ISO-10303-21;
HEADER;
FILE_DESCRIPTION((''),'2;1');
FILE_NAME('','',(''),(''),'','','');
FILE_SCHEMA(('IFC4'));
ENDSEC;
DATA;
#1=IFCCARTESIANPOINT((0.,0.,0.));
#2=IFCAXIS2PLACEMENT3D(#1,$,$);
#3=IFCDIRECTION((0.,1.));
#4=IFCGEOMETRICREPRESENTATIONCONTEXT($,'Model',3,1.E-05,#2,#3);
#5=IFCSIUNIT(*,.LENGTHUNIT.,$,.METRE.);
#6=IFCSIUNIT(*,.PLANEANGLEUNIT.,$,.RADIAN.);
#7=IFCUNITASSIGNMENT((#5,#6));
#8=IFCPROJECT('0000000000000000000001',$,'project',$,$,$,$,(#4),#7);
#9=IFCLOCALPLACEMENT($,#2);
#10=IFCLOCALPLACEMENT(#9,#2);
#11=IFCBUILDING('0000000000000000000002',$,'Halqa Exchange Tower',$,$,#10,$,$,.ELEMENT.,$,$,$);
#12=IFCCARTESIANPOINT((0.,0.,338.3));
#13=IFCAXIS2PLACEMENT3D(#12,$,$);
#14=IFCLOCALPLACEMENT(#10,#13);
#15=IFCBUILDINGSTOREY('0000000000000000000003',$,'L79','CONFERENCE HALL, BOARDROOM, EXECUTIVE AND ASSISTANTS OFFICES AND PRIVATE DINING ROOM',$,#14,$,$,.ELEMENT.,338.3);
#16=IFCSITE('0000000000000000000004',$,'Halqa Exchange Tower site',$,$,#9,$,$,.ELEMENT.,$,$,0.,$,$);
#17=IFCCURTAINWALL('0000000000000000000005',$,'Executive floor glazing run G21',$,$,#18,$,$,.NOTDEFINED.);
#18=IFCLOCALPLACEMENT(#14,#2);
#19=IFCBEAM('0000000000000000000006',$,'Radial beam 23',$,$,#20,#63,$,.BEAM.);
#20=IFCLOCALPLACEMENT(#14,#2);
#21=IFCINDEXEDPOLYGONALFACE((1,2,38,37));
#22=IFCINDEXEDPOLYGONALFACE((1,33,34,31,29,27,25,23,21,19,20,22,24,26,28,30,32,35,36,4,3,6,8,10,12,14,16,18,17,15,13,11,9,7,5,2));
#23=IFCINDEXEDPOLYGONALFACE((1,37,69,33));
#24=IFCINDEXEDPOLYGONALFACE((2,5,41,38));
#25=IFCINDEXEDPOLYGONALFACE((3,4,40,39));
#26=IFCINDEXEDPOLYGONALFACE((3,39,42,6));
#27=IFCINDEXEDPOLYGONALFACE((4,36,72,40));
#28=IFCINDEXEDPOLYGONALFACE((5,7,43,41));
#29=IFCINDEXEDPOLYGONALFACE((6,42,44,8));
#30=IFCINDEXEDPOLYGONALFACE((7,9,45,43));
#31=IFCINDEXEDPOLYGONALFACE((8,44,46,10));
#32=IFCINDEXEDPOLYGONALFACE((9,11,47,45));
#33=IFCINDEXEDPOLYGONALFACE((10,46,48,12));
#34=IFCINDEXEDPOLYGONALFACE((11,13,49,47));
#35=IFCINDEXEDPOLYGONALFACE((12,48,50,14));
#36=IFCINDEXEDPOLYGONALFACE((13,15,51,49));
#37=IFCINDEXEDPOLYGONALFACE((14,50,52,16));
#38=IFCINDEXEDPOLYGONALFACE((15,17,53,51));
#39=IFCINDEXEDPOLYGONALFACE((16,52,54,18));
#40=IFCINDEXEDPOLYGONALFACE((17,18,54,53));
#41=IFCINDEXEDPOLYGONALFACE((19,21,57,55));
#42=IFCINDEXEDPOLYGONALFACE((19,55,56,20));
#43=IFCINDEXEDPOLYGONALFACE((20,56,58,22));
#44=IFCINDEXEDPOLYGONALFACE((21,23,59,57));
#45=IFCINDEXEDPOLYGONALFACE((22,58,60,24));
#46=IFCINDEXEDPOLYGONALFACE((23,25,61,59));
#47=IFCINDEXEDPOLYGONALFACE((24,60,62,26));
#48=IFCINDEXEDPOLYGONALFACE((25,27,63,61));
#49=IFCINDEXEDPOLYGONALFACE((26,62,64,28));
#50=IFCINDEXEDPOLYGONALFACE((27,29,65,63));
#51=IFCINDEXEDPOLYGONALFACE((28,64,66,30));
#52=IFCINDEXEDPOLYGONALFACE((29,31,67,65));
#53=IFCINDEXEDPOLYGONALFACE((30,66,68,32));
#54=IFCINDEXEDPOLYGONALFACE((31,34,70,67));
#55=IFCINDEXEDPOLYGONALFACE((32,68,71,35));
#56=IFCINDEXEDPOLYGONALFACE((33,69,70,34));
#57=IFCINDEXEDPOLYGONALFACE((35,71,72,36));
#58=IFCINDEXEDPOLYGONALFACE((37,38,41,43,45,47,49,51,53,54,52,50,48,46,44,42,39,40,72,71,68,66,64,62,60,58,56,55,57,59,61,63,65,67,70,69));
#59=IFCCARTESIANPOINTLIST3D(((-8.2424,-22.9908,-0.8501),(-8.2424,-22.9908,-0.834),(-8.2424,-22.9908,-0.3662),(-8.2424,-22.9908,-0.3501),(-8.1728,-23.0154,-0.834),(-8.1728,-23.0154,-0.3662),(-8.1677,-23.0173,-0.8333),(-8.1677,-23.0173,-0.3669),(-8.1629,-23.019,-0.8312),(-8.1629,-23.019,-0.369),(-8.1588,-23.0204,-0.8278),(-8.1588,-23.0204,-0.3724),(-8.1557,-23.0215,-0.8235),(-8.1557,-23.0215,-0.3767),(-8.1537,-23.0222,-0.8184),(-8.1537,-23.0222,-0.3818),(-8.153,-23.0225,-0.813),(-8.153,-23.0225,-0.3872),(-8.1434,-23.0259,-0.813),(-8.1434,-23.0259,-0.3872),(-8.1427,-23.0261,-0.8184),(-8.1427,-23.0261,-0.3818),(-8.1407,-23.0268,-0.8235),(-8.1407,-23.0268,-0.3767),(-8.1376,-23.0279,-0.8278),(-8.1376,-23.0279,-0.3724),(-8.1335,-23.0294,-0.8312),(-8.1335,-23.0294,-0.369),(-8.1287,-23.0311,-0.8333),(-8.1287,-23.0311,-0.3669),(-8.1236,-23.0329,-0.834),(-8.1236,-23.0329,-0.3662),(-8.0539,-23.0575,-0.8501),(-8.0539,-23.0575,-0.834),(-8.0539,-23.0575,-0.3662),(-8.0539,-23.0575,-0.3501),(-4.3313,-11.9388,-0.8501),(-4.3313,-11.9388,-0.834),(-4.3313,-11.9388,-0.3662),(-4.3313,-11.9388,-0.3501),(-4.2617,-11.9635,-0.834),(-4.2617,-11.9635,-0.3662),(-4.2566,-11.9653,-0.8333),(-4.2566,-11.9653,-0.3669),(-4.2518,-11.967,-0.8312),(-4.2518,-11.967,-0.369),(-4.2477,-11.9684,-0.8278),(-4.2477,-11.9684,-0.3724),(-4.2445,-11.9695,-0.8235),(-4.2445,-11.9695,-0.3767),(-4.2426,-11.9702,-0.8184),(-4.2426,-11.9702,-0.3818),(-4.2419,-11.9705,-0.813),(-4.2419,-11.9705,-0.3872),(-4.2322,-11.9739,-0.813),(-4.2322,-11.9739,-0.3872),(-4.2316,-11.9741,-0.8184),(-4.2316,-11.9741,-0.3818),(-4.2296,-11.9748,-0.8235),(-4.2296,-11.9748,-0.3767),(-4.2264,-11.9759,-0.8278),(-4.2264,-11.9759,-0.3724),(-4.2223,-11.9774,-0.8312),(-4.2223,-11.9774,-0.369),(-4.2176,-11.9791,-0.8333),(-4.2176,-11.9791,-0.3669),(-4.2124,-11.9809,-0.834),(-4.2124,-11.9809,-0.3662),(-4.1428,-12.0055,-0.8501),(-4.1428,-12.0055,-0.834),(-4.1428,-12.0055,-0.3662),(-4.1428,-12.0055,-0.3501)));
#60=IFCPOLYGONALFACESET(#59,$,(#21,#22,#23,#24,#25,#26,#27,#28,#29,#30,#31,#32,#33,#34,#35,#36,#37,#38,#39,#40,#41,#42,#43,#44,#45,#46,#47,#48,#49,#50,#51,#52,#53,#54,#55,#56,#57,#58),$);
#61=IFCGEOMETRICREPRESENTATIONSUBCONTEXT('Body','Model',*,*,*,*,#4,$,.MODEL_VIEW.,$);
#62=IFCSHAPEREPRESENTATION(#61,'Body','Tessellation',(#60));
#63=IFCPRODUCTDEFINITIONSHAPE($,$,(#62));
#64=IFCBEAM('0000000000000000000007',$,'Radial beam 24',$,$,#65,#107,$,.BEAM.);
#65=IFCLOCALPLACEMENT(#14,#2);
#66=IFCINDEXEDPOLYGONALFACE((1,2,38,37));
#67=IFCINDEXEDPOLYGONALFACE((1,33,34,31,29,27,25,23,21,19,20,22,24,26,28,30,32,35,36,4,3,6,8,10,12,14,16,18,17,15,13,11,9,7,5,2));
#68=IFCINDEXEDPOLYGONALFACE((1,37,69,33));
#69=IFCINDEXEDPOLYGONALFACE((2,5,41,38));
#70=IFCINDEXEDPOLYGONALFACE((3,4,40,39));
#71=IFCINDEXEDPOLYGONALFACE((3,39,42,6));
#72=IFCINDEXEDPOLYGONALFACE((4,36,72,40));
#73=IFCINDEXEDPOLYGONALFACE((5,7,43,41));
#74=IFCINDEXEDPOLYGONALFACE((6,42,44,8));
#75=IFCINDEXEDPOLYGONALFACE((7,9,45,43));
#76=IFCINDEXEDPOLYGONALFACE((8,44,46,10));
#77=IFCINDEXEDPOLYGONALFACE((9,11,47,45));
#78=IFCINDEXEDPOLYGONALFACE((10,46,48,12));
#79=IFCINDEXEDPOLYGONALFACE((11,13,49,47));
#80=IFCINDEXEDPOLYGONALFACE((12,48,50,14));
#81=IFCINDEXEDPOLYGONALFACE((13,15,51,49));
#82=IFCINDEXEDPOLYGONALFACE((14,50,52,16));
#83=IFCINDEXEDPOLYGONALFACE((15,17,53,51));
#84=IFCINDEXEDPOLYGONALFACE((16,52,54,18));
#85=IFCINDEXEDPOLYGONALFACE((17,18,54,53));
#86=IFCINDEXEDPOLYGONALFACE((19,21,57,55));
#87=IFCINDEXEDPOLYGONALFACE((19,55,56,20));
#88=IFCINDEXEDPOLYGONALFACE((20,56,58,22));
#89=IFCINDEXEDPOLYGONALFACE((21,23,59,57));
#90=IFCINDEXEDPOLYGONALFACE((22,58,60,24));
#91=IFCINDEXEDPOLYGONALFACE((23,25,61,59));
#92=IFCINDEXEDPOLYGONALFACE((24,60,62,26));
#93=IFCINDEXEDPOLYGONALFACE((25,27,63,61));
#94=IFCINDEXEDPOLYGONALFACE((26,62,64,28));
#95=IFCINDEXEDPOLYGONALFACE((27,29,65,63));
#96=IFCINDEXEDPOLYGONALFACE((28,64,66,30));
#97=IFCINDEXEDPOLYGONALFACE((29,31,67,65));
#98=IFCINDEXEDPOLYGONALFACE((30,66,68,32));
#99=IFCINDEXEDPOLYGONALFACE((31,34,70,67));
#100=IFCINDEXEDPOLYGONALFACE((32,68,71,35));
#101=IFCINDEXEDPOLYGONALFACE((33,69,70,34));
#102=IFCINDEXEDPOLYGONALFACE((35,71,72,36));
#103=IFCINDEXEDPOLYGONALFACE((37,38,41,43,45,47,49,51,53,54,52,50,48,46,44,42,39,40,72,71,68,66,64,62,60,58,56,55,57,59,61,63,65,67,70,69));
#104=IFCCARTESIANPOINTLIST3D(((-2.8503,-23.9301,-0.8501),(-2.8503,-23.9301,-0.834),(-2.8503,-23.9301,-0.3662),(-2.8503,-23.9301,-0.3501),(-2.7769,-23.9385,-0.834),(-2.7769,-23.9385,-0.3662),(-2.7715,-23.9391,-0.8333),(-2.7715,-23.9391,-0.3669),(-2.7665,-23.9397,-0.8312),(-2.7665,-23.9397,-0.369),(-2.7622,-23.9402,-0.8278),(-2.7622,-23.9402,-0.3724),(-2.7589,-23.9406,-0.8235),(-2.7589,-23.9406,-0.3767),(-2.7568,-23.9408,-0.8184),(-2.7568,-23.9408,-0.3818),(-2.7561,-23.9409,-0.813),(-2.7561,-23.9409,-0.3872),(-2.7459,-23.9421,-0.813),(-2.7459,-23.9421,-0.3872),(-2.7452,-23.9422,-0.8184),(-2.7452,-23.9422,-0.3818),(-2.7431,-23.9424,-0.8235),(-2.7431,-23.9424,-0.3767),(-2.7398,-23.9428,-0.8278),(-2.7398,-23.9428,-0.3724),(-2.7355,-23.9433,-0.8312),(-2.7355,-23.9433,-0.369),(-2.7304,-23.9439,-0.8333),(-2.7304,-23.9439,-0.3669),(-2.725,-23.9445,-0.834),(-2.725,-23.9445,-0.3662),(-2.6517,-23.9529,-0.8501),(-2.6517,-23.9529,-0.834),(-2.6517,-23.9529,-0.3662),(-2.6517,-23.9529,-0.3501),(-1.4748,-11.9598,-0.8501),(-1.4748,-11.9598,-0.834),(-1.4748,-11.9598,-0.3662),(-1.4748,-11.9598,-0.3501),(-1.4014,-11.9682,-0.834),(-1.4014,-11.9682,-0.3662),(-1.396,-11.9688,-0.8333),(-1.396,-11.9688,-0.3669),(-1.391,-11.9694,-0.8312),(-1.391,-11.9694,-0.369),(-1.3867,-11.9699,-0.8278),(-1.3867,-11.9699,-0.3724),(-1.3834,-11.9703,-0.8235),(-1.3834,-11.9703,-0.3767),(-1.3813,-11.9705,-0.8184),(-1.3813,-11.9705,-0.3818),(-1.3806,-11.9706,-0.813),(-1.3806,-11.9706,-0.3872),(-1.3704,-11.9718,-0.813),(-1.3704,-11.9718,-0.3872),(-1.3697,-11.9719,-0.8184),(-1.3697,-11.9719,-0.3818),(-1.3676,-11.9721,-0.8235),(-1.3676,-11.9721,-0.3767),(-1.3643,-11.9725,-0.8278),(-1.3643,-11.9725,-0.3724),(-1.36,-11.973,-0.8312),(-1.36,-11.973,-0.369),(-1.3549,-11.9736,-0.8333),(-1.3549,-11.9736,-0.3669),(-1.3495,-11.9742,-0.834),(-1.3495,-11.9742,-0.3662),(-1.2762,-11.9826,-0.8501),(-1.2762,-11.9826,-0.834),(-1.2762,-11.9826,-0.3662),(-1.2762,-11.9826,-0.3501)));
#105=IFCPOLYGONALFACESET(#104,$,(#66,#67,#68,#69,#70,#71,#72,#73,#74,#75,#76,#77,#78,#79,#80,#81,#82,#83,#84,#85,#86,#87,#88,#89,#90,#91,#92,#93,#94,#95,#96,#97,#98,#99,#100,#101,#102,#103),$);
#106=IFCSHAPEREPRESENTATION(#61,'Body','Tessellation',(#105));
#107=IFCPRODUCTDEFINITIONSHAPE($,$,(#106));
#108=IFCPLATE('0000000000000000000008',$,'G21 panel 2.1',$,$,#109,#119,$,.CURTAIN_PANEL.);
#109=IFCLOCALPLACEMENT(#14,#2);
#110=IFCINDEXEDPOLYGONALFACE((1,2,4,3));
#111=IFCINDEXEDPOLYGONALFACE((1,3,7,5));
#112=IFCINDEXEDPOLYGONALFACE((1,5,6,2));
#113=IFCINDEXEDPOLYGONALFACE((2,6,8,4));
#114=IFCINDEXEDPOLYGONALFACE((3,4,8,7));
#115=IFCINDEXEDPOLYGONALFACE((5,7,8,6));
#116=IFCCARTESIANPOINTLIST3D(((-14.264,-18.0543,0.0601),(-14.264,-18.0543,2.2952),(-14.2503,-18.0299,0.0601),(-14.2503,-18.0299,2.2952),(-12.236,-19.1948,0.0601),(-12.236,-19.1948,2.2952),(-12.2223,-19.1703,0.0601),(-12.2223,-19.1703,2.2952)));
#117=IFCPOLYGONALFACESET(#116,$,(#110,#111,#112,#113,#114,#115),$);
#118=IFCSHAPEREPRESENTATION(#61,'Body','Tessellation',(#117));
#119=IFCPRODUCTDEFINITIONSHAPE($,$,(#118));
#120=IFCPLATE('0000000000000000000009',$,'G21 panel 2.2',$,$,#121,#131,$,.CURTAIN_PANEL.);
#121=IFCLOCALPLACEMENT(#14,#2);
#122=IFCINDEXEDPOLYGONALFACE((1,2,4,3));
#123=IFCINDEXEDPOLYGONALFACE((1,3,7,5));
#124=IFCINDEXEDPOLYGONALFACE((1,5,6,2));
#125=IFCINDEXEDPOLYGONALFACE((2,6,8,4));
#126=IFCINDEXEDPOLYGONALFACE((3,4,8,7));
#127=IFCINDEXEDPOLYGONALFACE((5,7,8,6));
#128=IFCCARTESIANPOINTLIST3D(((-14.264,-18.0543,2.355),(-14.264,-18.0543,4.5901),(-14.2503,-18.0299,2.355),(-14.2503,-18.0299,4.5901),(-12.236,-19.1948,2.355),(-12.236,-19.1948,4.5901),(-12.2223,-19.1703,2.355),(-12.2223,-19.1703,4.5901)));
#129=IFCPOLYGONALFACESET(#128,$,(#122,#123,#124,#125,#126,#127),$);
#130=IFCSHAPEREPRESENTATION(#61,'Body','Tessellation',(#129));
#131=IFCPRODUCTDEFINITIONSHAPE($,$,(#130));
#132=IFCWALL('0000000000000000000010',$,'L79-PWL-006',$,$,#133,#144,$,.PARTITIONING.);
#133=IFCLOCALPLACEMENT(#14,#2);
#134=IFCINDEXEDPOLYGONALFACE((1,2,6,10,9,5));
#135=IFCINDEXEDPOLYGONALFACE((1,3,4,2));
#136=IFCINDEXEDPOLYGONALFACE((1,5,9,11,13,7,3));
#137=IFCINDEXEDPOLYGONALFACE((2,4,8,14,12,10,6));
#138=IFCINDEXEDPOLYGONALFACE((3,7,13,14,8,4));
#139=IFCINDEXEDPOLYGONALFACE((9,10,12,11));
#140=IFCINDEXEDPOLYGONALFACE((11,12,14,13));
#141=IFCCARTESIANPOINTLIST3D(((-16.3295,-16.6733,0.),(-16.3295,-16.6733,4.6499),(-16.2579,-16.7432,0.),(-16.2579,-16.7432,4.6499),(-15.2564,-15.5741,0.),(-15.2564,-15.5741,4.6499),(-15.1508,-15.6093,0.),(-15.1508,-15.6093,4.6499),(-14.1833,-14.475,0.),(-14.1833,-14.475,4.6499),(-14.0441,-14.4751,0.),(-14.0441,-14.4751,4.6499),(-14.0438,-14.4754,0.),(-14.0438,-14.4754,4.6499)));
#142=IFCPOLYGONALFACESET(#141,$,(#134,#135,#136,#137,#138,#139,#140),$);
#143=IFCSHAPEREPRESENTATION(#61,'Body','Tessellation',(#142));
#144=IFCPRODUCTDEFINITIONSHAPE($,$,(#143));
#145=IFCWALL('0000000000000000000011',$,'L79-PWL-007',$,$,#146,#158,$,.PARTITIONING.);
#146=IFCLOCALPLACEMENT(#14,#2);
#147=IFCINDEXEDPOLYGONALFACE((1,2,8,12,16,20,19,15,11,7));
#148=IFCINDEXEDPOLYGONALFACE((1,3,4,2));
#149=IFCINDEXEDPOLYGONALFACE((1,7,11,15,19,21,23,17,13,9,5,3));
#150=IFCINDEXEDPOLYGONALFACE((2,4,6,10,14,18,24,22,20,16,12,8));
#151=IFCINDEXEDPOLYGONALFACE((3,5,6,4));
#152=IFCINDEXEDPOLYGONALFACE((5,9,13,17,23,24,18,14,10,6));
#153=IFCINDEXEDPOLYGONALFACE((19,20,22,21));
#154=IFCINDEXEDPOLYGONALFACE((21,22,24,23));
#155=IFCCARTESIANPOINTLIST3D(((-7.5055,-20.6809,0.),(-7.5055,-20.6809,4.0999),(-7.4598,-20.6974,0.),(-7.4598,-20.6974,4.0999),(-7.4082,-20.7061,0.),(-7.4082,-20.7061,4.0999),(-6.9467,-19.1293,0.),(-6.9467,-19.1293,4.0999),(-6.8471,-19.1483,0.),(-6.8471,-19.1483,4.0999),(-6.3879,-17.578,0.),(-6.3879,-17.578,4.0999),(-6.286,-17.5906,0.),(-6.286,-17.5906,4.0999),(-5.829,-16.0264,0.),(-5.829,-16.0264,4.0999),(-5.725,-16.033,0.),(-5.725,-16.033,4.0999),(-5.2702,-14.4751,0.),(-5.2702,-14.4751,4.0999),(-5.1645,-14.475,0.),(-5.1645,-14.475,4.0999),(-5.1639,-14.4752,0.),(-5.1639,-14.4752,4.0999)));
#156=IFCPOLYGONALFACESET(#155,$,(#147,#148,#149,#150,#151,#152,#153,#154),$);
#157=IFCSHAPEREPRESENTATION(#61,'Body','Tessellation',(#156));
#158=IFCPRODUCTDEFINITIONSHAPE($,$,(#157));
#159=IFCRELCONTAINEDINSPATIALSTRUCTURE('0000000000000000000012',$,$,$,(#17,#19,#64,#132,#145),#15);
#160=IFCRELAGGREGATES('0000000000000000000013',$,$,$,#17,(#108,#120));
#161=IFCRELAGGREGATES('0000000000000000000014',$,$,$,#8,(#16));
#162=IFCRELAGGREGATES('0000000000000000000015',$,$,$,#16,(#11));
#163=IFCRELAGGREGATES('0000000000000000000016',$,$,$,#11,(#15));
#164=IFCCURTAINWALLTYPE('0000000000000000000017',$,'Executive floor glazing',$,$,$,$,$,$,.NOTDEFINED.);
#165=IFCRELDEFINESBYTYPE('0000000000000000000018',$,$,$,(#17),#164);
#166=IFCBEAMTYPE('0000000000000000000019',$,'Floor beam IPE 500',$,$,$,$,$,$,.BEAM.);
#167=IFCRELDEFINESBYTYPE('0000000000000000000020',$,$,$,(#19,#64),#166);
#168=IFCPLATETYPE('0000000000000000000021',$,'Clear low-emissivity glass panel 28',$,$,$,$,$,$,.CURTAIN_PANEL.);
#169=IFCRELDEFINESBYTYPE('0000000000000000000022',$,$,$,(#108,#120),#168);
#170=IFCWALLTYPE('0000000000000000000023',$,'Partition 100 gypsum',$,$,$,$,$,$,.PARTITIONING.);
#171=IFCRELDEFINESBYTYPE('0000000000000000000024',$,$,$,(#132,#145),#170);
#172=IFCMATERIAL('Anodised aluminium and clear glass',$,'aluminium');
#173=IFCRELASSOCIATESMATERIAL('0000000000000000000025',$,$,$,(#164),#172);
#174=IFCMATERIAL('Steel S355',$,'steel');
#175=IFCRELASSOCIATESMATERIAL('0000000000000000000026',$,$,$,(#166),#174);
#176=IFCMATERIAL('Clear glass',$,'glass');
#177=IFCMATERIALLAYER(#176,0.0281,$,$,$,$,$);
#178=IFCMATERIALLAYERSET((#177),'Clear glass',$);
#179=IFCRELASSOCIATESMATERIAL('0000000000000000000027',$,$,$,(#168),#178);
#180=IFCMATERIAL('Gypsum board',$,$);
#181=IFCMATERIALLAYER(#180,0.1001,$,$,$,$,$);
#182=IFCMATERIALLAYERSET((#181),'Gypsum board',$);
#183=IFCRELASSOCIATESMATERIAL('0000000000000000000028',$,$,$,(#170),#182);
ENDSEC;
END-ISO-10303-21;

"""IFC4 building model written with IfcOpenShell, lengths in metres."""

from ifc_helpers import new_model, si_unit, direction, frame, origin, origin_2d, place, context, subcontext, project, spatial, polyline, rectangle, i_section, outline, extrude, material, layer, layer_set, material_profile, profile_set, type_object, element, aggregate, save


model = new_model("IFC4")

# Units and contexts
model_context = context("Model", 3, precision=1e-05, world=origin(), true_north=direction((0.0, 1.0)))
body_context = subcontext(model_context, "Body", "Model", "MODEL_VIEW")
ifc_project = project(units=[si_unit("LENGTHUNIT", "METRE"), si_unit("PLANEANGLEUNIT", "RADIAN")], contexts=[model_context])

# Site, building, storey
site_placement = place(None, origin())
site = spatial("IfcSite", under=ifc_project, at=site_placement, Name="Halqa Exchange Tower site", CompositionType="ELEMENT", RefElevation=0.0)
building_placement = place(site_placement, origin())
building = spatial("IfcBuilding", under=site, at=building_placement, Name="Halqa Exchange Tower", CompositionType="ELEMENT")
storey_placement = place(building_placement, frame((0.0, 0.0, 338.3)))
storey = spatial("IfcBuildingStorey", under=building, at=storey_placement, Name="L79", Description="CONFERENCE HALL, BOARDROOM, EXECUTIVE AND ASSISTANTS OFFICES AND PRIVATE DINING ROOM", CompositionType="ELEMENT", Elevation=338.3)

# Curtain wall
ifc_material_1 = material(Name="Anodised aluminium and clear glass", Category="aluminium")
curtain_wall_type = type_object("IfcCurtainWallType", Name="Executive floor glazing", PredefinedType="NOTDEFINED", material=ifc_material_1)
curtain_wall_1_placement = place(storey_placement, origin())
curtain_wall_1 = element("IfcCurtainWall", 1, at=curtain_wall_1_placement, inside=storey, type_object=curtain_wall_type, Name="Executive floor glazing run G21", PredefinedType="NOTDEFINED")

# Beams
ifc_material_2 = material(Name="Steel S355", Category="steel")
ifc_material_profile_1 = material_profile(ifc_material_2, i_section(OverallWidth=0.2, OverallDepth=0.5, WebThickness=0.0103, FlangeThickness=0.0161, FilletRadius=0.021, at=origin_2d()), Name="IPE 500")
ifc_profile_set_1 = profile_set([ifc_material_profile_1], Name="Steel S355")
beam_type_1 = type_object("IfcBeamType", Name="Floor beam IPE 500", PredefinedType="BEAM", material=ifc_profile_set_1)
beam_1_placement = place(storey_placement, frame((-4.2371, -11.9722, -0.6001), z_axis=(-0.333611, -0.942711, 0.0), x_axis=(0.942711, -0.333611, 0.0)))
element("IfcBeam", 2, at=beam_1_placement, inside=storey, type_object=beam_type_1, Name="Radial beam 23", PredefinedType="BEAM", context=body_context, shape_type="SweptSolid", body=[
    extrude(i_section(OverallWidth=0.2, OverallDepth=0.5, WebThickness=0.0103, FlangeThickness=0.0161, FilletRadius=0.021, at=origin_2d()), origin(), (0.0, 0.0, 1.0), 11.7236),
])
beam_2_placement = place(storey_placement, frame((-1.3755, -11.9712, -0.6001), z_axis=(-0.114158, -0.993463, 0.0), x_axis=(0.993463, -0.114158, 0.0)))
element("IfcBeam", 3, at=beam_2_placement, inside=storey, type_object=beam_type_1, Name="Radial beam 24", PredefinedType="BEAM", context=body_context, shape_type="SweptSolid", body=[
    extrude(i_section(OverallWidth=0.2, OverallDepth=0.5, WebThickness=0.0103, FlangeThickness=0.0161, FilletRadius=0.021, at=origin_2d()), origin(), (0.0, 0.0, 1.0), 12.0491),
])

# Plates
ifc_material_3 = material(Name="Clear glass", Category="glass")
ifc_layer_1 = layer(ifc_material_3, 0.0281)
ifc_layer_set_1 = layer_set([ifc_layer_1], Name="Clear glass")
plate_type = type_object("IfcPlateType", Name="Clear low-emissivity glass panel 28", PredefinedType="CURTAIN_PANEL", material=ifc_layer_set_1)
plate_1_placement = place(storey_placement, frame((-13.2432, -18.6123, 0.0601), z_axis=(0.0, 0.0, 1.0), x_axis=(0.871634, -0.490158, 0.0)))
plate_1 = element("IfcPlate", 4, at=plate_1_placement, type_object=plate_type, Name="G21 panel 2.1", PredefinedType="CURTAIN_PANEL", context=body_context, shape_type="SweptSolid", body=[
    extrude(rectangle(XDim=2.3267, YDim=0.0281, at=origin_2d()), origin(), (0.0, 0.0, 1.0), 2.2351),
])
plate_2_placement = place(storey_placement, frame((-13.2432, -18.6123, 2.355), z_axis=(0.0, 0.0, 1.0), x_axis=(0.871634, -0.490158, 0.0)))
plate_2 = element("IfcPlate", 5, at=plate_2_placement, type_object=plate_type, Name="G21 panel 2.2", PredefinedType="CURTAIN_PANEL", context=body_context, shape_type="SweptSolid", body=[
    extrude(rectangle(XDim=2.3267, YDim=0.0281, at=origin_2d()), origin(), (0.0, 0.0, 1.0), 2.2351),
])
aggregate(curtain_wall_1, [plate_1, plate_2])

# Walls
ifc_material_4 = material(Name="Gypsum board")
ifc_layer_2 = layer(ifc_material_4, 0.1001)
ifc_layer_set_2 = layer_set([ifc_layer_2], Name="Gypsum board")
wall_type_1 = type_object("IfcWallType", Name="Partition 100 gypsum", PredefinedType="PARTITIONING", material=ifc_layer_set_2)
wall_1_placement = place(storey_placement, frame((-14.0796, -14.4404, 0.0), z_axis=(0.0, 0.0, 1.0), x_axis=(-0.698583, -0.715529, 0.0)))
element("IfcWall", 6, at=wall_1_placement, inside=storey, type_object=wall_type_1, Name="L79-PWL-006", PredefinedType="PARTITIONING", context=body_context, shape_type="SweptSolid", body=[
    extrude(outline(polyline([(0.0, 0.05), (0.0, 0.0496), (0.0972, -0.05), (1.6333, -0.05), (3.1694, -0.05), (3.1694, 0.05), (1.5847, 0.05), (0.0, 0.05)])), origin(), (0.0, 0.0, 1.0), 4.6499),
])
wall_2_placement = place(storey_placement, frame((-5.2109, -14.4583, 0.0), z_axis=(0.0, 0.0, 1.0), x_axis=(-0.338886, -0.940827, 0.0)))
element("IfcWall", 7, at=wall_2_placement, inside=storey, type_object=wall_type_1, Name="L79-PWL-007", PredefinedType="PARTITIONING", context=body_context, shape_type="SweptSolid", body=[
    extrude(outline(polyline([(6.6321, -0.05), (6.6321, -0.0015), (6.6228, 0.05), (4.967, 0.05), (3.3113, 0.05), (1.6558, 0.05), (0.0, 0.05), (0.0, 0.0493), (0.0359, -0.05), (1.6848, -0.05), (3.334, -0.05), (4.9829, -0.05), (6.6321, -0.05)])), origin(), (0.0, 0.0, 1.0), 4.0999),
])

save(model, "model.ifc")
